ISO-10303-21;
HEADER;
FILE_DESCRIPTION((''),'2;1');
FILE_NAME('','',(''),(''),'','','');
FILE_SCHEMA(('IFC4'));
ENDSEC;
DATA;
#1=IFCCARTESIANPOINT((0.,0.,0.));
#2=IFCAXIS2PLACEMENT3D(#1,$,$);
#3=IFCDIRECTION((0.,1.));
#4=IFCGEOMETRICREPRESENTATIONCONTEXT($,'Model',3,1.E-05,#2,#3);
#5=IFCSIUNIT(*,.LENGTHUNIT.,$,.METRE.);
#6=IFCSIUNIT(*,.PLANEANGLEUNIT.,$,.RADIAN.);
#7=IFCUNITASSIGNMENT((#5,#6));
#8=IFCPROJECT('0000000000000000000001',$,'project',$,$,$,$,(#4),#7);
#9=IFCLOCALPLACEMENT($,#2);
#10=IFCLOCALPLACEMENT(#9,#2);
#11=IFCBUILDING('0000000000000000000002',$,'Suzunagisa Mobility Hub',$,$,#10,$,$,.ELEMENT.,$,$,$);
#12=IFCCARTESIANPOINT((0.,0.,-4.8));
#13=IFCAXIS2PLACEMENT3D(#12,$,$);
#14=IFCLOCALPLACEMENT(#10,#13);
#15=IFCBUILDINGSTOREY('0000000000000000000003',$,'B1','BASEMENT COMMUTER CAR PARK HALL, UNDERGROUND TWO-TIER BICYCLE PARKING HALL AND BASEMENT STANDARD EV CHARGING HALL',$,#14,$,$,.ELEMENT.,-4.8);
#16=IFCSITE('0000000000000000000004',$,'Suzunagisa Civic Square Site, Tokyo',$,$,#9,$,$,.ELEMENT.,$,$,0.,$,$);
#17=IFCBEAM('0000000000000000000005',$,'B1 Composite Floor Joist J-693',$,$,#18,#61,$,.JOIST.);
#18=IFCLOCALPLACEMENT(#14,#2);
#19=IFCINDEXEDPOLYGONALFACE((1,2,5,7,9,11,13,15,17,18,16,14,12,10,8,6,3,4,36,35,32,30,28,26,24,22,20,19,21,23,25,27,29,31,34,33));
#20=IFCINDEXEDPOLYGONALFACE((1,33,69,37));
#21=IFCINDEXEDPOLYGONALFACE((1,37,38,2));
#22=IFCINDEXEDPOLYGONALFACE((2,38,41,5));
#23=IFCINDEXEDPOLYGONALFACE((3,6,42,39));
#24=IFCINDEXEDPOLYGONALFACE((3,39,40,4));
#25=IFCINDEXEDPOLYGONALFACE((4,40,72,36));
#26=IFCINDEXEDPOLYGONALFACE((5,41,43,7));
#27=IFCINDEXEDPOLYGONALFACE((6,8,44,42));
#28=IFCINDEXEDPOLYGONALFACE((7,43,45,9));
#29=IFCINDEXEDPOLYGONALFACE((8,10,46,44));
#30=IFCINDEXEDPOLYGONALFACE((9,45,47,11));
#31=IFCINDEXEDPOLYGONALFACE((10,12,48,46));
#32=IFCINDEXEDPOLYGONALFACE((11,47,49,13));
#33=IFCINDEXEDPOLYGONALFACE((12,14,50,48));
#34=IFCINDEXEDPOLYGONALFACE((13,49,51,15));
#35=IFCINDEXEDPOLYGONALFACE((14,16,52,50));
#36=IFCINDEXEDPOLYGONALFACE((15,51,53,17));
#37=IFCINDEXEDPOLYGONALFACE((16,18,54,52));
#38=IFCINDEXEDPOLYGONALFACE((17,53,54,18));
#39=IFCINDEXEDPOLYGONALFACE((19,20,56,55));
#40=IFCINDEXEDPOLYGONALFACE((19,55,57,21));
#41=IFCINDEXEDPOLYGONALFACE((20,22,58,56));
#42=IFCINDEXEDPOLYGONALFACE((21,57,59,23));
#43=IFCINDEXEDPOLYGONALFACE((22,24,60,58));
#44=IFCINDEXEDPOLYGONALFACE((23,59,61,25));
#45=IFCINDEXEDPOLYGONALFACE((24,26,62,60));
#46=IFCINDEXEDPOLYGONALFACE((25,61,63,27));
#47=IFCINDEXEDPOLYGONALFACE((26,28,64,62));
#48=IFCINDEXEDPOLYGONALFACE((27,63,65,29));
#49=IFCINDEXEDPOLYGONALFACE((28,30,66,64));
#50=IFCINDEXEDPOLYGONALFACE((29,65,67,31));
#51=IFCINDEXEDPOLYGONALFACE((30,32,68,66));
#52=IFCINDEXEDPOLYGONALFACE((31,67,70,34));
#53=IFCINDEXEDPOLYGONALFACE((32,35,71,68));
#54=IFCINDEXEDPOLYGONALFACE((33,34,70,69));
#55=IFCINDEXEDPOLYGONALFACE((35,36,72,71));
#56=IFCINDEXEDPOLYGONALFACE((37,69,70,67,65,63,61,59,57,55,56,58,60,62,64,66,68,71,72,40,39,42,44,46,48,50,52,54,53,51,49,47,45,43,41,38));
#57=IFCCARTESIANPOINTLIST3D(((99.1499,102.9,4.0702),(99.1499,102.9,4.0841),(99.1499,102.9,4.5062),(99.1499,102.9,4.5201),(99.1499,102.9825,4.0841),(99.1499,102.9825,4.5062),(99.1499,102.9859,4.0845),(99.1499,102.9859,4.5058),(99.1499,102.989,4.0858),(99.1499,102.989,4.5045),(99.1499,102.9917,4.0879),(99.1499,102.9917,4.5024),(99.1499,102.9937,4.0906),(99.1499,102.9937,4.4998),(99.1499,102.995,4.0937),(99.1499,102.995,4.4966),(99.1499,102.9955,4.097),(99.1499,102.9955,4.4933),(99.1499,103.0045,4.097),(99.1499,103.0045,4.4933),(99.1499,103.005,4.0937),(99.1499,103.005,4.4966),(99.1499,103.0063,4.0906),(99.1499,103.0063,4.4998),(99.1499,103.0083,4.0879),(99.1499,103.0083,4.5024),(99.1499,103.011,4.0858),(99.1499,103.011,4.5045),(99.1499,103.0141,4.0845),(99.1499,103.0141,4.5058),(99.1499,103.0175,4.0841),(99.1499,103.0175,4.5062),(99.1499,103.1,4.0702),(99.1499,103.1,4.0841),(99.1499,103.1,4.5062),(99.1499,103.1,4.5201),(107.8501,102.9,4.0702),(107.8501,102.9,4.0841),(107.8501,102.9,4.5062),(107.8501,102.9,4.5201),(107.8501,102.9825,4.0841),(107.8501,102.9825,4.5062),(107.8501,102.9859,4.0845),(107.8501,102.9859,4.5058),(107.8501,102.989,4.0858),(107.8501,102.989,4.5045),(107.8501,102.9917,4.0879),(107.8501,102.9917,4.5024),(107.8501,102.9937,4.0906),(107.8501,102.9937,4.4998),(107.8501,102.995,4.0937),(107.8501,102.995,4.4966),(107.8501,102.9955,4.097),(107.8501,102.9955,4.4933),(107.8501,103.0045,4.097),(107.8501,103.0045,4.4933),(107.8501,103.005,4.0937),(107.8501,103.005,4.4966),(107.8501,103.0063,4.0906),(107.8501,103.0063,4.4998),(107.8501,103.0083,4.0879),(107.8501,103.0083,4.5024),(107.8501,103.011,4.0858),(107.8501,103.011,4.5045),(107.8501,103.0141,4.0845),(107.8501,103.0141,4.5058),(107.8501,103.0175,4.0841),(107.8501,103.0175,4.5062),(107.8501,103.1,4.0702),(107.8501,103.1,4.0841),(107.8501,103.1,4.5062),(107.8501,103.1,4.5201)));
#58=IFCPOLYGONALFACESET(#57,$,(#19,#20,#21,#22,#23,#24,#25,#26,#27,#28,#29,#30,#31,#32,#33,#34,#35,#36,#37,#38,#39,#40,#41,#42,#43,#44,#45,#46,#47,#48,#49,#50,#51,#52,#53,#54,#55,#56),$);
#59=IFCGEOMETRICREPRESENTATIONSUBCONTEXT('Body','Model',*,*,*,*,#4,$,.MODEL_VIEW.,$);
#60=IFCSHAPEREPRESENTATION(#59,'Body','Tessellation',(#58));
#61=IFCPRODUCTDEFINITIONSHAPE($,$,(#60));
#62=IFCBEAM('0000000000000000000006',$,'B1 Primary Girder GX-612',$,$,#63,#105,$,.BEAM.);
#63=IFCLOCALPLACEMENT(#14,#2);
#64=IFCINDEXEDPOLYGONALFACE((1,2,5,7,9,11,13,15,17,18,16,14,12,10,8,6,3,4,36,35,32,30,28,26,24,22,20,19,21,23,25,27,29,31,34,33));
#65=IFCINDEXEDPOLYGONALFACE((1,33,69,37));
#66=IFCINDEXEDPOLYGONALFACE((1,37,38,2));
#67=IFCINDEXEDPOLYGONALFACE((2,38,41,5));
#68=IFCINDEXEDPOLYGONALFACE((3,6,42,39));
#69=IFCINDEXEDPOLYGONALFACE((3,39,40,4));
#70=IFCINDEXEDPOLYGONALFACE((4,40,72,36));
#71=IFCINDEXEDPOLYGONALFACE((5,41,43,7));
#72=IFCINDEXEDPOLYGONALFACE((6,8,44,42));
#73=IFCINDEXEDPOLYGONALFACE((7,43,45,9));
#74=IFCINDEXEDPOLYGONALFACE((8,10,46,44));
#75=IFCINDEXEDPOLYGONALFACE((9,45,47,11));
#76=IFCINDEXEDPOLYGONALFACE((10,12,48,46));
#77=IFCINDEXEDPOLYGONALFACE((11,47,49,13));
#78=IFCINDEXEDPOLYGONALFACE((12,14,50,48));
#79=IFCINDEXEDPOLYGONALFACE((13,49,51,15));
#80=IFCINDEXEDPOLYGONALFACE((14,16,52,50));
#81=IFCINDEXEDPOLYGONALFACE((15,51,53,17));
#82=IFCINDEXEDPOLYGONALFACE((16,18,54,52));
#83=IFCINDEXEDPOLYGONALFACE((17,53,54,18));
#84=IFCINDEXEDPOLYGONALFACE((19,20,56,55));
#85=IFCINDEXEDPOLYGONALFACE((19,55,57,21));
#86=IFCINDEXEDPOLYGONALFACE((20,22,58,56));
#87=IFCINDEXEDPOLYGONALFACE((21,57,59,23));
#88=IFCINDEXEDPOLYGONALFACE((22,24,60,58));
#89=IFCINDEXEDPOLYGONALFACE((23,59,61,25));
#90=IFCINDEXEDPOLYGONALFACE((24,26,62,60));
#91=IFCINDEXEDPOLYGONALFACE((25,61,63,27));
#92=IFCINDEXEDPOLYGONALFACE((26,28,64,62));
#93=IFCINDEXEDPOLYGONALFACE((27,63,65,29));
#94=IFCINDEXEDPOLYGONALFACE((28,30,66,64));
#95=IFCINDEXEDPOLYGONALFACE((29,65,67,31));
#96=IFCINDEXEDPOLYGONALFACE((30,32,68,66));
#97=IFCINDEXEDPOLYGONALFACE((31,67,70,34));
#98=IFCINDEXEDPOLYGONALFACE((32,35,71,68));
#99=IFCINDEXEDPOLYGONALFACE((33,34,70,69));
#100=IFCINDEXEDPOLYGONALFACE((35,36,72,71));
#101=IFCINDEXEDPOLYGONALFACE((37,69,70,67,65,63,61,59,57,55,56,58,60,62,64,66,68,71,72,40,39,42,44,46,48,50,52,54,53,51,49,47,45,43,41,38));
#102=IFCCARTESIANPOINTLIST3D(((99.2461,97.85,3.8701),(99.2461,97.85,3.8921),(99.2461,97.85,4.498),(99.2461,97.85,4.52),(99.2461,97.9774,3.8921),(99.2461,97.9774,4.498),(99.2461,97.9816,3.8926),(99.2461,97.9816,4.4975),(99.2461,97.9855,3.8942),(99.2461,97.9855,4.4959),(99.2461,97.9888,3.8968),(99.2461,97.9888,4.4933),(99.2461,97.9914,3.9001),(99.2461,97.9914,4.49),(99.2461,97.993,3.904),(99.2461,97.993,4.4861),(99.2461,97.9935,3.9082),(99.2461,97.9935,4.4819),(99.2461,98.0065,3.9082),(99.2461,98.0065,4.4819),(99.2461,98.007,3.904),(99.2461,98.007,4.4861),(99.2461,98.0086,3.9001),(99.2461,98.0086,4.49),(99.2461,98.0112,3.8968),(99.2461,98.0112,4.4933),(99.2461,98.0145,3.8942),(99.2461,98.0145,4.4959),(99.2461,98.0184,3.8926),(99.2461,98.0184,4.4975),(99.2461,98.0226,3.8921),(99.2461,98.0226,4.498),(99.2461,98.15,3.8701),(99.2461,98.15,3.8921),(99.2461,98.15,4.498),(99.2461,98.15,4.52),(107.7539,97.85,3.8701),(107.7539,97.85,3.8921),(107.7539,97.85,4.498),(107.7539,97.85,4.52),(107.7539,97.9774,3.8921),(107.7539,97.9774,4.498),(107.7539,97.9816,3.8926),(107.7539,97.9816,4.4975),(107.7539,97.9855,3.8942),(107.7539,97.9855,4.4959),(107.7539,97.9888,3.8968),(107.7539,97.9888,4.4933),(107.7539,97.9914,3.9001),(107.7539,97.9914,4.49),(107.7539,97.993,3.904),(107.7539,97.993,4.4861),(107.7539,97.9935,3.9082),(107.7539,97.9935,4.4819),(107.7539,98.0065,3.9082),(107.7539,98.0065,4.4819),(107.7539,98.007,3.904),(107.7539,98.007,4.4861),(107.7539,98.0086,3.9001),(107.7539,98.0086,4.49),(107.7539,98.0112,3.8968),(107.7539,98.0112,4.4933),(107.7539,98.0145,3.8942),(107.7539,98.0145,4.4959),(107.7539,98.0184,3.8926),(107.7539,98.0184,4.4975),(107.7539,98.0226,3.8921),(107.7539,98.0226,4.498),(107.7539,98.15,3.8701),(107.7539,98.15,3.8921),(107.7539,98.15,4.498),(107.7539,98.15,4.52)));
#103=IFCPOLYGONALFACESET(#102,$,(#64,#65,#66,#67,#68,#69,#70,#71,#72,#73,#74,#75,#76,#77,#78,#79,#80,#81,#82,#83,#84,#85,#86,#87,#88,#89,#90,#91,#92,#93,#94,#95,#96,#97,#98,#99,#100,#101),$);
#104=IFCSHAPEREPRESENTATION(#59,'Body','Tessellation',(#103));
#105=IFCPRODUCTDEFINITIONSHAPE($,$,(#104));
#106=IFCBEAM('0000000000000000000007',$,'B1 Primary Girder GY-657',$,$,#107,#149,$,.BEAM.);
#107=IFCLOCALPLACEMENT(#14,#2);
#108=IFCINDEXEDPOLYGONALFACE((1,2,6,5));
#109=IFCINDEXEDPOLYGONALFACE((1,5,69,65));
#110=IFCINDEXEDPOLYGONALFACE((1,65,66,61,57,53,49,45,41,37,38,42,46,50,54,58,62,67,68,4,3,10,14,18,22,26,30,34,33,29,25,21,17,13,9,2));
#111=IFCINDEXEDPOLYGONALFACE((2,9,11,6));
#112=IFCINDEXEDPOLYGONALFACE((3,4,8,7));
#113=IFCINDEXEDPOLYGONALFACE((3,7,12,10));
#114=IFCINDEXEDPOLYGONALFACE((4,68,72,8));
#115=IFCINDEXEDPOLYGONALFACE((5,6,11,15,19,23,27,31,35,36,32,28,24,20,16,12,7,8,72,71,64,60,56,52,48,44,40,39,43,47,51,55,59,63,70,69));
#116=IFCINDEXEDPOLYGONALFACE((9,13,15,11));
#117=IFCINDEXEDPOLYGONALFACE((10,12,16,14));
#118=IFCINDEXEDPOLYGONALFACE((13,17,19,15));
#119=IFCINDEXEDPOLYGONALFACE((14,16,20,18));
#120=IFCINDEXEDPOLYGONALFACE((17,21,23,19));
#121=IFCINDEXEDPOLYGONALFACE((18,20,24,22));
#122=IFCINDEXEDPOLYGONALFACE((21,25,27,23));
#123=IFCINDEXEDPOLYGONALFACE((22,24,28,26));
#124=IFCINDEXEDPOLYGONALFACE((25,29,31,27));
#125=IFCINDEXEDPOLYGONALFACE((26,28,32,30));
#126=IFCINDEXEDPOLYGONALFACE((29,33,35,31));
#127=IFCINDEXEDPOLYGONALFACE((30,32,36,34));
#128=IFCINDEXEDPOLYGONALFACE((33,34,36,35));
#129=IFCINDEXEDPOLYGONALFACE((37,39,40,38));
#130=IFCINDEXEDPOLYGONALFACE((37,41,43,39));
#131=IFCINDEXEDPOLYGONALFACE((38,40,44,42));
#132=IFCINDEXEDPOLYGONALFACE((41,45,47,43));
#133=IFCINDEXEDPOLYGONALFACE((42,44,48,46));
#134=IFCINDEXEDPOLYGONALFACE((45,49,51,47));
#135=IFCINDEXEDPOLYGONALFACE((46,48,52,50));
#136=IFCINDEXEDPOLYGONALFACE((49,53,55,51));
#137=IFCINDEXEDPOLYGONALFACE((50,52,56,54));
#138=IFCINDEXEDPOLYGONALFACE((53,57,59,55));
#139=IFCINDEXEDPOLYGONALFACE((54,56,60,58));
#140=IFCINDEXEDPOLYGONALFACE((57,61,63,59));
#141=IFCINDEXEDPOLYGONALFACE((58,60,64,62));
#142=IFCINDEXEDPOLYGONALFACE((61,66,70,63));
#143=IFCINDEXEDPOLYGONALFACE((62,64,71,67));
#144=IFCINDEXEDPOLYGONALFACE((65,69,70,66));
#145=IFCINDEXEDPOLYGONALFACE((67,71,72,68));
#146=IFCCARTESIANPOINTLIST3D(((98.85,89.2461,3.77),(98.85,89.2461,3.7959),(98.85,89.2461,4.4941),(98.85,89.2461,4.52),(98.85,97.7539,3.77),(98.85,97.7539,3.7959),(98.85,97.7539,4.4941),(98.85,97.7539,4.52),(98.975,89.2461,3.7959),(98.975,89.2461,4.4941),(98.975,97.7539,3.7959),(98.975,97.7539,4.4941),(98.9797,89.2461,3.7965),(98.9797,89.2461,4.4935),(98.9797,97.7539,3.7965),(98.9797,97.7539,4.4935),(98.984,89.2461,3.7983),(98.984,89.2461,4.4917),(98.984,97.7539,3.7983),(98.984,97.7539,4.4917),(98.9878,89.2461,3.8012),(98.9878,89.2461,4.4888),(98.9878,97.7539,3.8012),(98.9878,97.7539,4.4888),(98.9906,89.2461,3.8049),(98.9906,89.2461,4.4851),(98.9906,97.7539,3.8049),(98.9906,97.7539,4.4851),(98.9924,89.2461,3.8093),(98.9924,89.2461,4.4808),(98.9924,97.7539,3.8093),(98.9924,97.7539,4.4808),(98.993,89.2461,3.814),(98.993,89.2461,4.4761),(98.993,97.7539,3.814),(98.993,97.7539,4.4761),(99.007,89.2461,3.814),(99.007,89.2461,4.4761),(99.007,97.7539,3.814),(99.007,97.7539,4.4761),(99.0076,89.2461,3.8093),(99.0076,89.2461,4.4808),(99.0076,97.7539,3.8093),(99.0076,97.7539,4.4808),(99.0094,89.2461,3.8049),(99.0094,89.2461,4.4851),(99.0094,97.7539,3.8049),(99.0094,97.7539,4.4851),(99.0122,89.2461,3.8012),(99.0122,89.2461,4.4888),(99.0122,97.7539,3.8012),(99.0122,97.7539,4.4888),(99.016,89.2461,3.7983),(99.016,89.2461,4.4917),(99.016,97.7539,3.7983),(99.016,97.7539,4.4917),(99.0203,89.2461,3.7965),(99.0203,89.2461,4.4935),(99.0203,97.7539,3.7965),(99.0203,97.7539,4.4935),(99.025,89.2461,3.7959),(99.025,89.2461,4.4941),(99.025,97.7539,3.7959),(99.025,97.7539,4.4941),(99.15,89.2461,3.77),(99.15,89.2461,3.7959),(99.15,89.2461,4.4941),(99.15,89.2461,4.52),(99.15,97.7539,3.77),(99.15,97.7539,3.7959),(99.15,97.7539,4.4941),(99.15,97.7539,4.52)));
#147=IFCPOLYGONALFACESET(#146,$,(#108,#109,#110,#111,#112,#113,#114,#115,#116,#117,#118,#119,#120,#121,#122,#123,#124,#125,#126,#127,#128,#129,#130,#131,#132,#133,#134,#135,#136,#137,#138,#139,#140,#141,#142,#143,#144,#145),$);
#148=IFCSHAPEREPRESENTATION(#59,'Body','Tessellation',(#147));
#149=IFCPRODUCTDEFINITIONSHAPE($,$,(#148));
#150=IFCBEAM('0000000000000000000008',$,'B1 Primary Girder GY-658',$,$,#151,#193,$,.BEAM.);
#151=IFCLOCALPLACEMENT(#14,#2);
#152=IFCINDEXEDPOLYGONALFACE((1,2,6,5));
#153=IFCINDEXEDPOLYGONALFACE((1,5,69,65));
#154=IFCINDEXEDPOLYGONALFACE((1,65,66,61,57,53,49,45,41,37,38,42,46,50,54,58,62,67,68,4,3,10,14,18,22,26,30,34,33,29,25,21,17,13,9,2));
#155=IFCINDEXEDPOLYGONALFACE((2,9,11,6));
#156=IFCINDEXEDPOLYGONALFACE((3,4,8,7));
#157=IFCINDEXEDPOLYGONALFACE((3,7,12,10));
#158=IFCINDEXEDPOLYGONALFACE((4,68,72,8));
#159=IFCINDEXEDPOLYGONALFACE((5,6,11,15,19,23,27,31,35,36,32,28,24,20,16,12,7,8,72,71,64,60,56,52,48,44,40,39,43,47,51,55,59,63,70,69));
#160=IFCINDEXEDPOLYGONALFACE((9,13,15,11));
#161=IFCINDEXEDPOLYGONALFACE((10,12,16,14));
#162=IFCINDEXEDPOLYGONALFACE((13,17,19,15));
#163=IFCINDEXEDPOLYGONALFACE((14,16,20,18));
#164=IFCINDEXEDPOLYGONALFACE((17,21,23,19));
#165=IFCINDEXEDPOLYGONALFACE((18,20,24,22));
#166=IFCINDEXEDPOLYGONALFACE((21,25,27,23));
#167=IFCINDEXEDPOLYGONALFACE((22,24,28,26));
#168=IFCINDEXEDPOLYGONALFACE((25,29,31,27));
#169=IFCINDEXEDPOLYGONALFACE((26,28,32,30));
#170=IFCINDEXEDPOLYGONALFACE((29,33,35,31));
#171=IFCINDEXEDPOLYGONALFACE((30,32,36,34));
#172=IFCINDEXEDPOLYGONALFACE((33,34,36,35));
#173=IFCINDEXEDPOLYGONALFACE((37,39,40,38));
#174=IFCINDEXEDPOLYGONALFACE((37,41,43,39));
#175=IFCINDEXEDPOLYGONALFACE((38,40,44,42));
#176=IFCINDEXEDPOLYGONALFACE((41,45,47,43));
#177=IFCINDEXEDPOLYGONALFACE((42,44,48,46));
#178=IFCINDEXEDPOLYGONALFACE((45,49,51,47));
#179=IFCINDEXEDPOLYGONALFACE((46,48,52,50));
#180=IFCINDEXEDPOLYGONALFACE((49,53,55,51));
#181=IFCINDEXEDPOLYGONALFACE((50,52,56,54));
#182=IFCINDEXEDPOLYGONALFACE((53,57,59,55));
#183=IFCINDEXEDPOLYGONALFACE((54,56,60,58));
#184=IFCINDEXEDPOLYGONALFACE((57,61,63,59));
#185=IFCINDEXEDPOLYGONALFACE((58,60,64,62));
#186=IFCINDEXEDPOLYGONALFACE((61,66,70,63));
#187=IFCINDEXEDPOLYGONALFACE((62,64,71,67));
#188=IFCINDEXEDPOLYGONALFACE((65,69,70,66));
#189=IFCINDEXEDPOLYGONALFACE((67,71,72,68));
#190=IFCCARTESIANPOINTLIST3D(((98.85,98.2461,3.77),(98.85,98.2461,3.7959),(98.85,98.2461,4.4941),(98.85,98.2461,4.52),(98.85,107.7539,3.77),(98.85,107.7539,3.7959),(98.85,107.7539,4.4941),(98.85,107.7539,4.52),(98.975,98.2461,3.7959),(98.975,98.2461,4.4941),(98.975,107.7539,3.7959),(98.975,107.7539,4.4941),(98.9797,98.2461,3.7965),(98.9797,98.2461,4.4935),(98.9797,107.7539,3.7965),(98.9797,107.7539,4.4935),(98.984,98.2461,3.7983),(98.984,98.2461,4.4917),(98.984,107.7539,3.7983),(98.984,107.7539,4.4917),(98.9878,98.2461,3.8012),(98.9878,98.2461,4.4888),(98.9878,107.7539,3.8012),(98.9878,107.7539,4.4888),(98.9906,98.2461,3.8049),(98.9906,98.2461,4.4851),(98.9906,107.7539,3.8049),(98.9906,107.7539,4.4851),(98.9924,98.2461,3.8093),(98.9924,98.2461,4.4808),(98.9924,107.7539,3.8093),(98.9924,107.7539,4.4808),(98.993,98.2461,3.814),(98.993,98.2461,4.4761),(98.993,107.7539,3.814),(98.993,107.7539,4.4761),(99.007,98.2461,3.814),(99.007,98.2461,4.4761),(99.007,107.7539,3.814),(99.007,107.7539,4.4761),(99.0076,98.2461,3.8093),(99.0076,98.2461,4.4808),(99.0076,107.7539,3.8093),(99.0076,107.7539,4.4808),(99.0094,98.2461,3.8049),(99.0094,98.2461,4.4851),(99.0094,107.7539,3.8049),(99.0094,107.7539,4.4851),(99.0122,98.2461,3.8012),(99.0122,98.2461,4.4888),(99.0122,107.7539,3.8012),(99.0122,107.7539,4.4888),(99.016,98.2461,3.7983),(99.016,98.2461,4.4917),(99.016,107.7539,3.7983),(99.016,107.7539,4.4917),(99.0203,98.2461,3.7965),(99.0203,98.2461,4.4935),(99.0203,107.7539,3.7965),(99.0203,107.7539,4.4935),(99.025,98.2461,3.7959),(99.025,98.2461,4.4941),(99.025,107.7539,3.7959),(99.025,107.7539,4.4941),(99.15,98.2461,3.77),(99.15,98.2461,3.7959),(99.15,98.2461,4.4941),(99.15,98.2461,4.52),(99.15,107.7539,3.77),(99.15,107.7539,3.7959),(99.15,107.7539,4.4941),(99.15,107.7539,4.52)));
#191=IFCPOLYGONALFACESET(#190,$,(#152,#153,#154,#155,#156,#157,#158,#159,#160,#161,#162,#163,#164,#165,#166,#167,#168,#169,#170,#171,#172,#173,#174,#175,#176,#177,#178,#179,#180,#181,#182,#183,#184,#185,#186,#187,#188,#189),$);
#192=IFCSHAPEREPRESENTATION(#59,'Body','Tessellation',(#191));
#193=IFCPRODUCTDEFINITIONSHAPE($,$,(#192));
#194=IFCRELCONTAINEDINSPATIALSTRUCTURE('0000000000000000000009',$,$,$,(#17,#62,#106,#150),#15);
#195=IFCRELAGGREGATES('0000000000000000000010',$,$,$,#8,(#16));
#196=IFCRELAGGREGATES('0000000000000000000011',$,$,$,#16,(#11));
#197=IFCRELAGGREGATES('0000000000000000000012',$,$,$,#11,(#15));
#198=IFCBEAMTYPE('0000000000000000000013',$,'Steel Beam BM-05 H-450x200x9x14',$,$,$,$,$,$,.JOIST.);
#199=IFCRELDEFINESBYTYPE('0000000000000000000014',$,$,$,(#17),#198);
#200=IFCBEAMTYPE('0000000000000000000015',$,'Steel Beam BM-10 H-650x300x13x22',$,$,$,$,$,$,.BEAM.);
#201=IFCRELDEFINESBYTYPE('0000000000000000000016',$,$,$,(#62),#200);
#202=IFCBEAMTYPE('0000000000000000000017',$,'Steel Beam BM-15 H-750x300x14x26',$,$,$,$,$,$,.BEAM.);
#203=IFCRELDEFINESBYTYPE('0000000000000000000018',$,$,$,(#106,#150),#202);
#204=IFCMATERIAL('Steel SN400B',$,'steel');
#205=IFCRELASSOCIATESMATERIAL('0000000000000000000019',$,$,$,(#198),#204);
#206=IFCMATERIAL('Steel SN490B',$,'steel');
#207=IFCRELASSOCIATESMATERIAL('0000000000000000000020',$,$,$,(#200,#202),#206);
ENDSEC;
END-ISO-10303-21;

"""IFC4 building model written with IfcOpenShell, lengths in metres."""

from ifc_helpers import new_model, si_unit, direction, frame, origin, origin_2d, place, context, subcontext, project, spatial, i_section, extrude, material, material_profile, profile_set, type_object, element, save


model = new_model("IFC4")

# Units and contexts
model_context = context("Model", 3, precision=1e-05, world=origin(), true_north=direction((0.0, 1.0)))
body_context = subcontext(model_context, "Body", "Model", "MODEL_VIEW")
ifc_project = project(units=[si_unit("LENGTHUNIT", "METRE"), si_unit("PLANEANGLEUNIT", "RADIAN")], contexts=[model_context])

# Site, building, storey
site_placement = place(None, origin())
site = spatial("IfcSite", under=ifc_project, at=site_placement, Name="Suzunagisa Civic Square Site, Tokyo", CompositionType="ELEMENT", RefElevation=0.0)
building_placement = place(site_placement, origin())
building = spatial("IfcBuilding", under=site, at=building_placement, Name="Suzunagisa Mobility Hub", CompositionType="ELEMENT")
storey_placement = place(building_placement, frame((0.0, 0.0, -4.8)))
storey = spatial("IfcBuildingStorey", under=building, at=storey_placement, Name="B1", Description="BASEMENT COMMUTER CAR PARK HALL, UNDERGROUND TWO-TIER BICYCLE PARKING HALL AND BASEMENT STANDARD EV CHARGING HALL", CompositionType="ELEMENT", Elevation=-4.8)

# Shared definitions
ifc_material_1 = material(Name="Steel SN490B", Category="steel")

# Beams
ifc_material_2 = material(Name="Steel SN400B", Category="steel")
ifc_material_profile_1 = material_profile(ifc_material_2, i_section(OverallWidth=0.2, OverallDepth=0.45, WebThickness=0.009, FlangeThickness=0.0139, FilletRadius=0.0129, at=origin_2d()), Name="H-450x200x9x14")
ifc_profile_set_1 = profile_set([ifc_material_profile_1], Name="Steel SN400B")
beam_type_1 = type_object("IfcBeamType", Name="Steel Beam BM-05 H-450x200x9x14", PredefinedType="JOIST", material=ifc_profile_set_1)
for number, where, z_axis, x_axis, name in (
    (1, (99.1499, 103.0, 4.2952), (1.0, 0.0, 0.0), (0.0, 1.0, 0.0), "B1 Composite Floor Joist J-693"),
):
    element("IfcBeam", number, at=place(storey_placement, frame(where, z_axis=z_axis, x_axis=x_axis)), inside=storey, type_object=beam_type_1, Name=name, PredefinedType="JOIST", context=body_context, shape_type="SweptSolid", body=[
        extrude(i_section(OverallWidth=0.2, OverallDepth=0.45, WebThickness=0.009, FlangeThickness=0.0139, FilletRadius=0.0129, at=origin_2d()), origin(), (0.0, 0.0, 1.0), 8.7002),
    ])
ifc_material_profile_2 = material_profile(ifc_material_1, i_section(OverallWidth=0.3, OverallDepth=0.6499, WebThickness=0.0129, FlangeThickness=0.022, FilletRadius=0.0161, at=origin_2d()), Name="H-650x300x13x22")
ifc_profile_set_2 = profile_set([ifc_material_profile_2], Name="Steel SN490B")
beam_type_2 = type_object("IfcBeamType", Name="Steel Beam BM-10 H-650x300x13x22", PredefinedType="BEAM", material=ifc_profile_set_2)
beam_1_placement = place(storey_placement, frame((99.2461, 98.0, 4.1951), z_axis=(1.0, 0.0, 0.0), x_axis=(0.0, 1.0, 0.0)))
element("IfcBeam", 2, at=beam_1_placement, inside=storey, type_object=beam_type_2, Name="B1 Primary Girder GX-612", PredefinedType="BEAM", context=body_context, shape_type="SweptSolid", body=[
    extrude(i_section(OverallWidth=0.3, OverallDepth=0.6499, WebThickness=0.0129, FlangeThickness=0.022, FilletRadius=0.0161, at=origin_2d()), origin(), (0.0, 0.0, 1.0), 8.5078),
])
ifc_material_profile_3 = material_profile(ifc_material_1, i_section(OverallWidth=0.3, OverallDepth=0.75, WebThickness=0.0139, FlangeThickness=0.0259, FilletRadius=0.0181, at=origin_2d()), Name="H-750x300x14x26")
ifc_profile_set_3 = profile_set([ifc_material_profile_3], Name="Steel SN490B")
beam_type_3 = type_object("IfcBeamType", Name="Steel Beam BM-15 H-750x300x14x26", PredefinedType="BEAM", material=ifc_profile_set_3)
beam_2_placement = place(storey_placement, frame((99.0, 89.2461, 4.145), z_axis=(0.0, 1.0, 0.0), x_axis=(-1.0, 0.0, 0.0)))
element("IfcBeam", 3, at=beam_2_placement, inside=storey, type_object=beam_type_3, Name="B1 Primary Girder GY-657", PredefinedType="BEAM", context=body_context, shape_type="SweptSolid", body=[
    extrude(i_section(OverallWidth=0.3, OverallDepth=0.75, WebThickness=0.0139, FlangeThickness=0.0259, FilletRadius=0.0181, at=origin_2d()), origin(), (0.0, 0.0, 1.0), 8.5078),
])
beam_3_placement = place(storey_placement, frame((99.0, 98.2461, 4.145), z_axis=(0.0, 1.0, 0.0), x_axis=(-1.0, 0.0, 0.0)))
element("IfcBeam", 4, at=beam_3_placement, inside=storey, type_object=beam_type_3, Name="B1 Primary Girder GY-658", PredefinedType="BEAM", context=body_context, shape_type="SweptSolid", body=[
    extrude(i_section(OverallWidth=0.3, OverallDepth=0.75, WebThickness=0.0139, FlangeThickness=0.0259, FilletRadius=0.0181, at=origin_2d()), origin(), (0.0, 0.0, 1.0), 9.5078),
])

save(model, "model.ifc")
